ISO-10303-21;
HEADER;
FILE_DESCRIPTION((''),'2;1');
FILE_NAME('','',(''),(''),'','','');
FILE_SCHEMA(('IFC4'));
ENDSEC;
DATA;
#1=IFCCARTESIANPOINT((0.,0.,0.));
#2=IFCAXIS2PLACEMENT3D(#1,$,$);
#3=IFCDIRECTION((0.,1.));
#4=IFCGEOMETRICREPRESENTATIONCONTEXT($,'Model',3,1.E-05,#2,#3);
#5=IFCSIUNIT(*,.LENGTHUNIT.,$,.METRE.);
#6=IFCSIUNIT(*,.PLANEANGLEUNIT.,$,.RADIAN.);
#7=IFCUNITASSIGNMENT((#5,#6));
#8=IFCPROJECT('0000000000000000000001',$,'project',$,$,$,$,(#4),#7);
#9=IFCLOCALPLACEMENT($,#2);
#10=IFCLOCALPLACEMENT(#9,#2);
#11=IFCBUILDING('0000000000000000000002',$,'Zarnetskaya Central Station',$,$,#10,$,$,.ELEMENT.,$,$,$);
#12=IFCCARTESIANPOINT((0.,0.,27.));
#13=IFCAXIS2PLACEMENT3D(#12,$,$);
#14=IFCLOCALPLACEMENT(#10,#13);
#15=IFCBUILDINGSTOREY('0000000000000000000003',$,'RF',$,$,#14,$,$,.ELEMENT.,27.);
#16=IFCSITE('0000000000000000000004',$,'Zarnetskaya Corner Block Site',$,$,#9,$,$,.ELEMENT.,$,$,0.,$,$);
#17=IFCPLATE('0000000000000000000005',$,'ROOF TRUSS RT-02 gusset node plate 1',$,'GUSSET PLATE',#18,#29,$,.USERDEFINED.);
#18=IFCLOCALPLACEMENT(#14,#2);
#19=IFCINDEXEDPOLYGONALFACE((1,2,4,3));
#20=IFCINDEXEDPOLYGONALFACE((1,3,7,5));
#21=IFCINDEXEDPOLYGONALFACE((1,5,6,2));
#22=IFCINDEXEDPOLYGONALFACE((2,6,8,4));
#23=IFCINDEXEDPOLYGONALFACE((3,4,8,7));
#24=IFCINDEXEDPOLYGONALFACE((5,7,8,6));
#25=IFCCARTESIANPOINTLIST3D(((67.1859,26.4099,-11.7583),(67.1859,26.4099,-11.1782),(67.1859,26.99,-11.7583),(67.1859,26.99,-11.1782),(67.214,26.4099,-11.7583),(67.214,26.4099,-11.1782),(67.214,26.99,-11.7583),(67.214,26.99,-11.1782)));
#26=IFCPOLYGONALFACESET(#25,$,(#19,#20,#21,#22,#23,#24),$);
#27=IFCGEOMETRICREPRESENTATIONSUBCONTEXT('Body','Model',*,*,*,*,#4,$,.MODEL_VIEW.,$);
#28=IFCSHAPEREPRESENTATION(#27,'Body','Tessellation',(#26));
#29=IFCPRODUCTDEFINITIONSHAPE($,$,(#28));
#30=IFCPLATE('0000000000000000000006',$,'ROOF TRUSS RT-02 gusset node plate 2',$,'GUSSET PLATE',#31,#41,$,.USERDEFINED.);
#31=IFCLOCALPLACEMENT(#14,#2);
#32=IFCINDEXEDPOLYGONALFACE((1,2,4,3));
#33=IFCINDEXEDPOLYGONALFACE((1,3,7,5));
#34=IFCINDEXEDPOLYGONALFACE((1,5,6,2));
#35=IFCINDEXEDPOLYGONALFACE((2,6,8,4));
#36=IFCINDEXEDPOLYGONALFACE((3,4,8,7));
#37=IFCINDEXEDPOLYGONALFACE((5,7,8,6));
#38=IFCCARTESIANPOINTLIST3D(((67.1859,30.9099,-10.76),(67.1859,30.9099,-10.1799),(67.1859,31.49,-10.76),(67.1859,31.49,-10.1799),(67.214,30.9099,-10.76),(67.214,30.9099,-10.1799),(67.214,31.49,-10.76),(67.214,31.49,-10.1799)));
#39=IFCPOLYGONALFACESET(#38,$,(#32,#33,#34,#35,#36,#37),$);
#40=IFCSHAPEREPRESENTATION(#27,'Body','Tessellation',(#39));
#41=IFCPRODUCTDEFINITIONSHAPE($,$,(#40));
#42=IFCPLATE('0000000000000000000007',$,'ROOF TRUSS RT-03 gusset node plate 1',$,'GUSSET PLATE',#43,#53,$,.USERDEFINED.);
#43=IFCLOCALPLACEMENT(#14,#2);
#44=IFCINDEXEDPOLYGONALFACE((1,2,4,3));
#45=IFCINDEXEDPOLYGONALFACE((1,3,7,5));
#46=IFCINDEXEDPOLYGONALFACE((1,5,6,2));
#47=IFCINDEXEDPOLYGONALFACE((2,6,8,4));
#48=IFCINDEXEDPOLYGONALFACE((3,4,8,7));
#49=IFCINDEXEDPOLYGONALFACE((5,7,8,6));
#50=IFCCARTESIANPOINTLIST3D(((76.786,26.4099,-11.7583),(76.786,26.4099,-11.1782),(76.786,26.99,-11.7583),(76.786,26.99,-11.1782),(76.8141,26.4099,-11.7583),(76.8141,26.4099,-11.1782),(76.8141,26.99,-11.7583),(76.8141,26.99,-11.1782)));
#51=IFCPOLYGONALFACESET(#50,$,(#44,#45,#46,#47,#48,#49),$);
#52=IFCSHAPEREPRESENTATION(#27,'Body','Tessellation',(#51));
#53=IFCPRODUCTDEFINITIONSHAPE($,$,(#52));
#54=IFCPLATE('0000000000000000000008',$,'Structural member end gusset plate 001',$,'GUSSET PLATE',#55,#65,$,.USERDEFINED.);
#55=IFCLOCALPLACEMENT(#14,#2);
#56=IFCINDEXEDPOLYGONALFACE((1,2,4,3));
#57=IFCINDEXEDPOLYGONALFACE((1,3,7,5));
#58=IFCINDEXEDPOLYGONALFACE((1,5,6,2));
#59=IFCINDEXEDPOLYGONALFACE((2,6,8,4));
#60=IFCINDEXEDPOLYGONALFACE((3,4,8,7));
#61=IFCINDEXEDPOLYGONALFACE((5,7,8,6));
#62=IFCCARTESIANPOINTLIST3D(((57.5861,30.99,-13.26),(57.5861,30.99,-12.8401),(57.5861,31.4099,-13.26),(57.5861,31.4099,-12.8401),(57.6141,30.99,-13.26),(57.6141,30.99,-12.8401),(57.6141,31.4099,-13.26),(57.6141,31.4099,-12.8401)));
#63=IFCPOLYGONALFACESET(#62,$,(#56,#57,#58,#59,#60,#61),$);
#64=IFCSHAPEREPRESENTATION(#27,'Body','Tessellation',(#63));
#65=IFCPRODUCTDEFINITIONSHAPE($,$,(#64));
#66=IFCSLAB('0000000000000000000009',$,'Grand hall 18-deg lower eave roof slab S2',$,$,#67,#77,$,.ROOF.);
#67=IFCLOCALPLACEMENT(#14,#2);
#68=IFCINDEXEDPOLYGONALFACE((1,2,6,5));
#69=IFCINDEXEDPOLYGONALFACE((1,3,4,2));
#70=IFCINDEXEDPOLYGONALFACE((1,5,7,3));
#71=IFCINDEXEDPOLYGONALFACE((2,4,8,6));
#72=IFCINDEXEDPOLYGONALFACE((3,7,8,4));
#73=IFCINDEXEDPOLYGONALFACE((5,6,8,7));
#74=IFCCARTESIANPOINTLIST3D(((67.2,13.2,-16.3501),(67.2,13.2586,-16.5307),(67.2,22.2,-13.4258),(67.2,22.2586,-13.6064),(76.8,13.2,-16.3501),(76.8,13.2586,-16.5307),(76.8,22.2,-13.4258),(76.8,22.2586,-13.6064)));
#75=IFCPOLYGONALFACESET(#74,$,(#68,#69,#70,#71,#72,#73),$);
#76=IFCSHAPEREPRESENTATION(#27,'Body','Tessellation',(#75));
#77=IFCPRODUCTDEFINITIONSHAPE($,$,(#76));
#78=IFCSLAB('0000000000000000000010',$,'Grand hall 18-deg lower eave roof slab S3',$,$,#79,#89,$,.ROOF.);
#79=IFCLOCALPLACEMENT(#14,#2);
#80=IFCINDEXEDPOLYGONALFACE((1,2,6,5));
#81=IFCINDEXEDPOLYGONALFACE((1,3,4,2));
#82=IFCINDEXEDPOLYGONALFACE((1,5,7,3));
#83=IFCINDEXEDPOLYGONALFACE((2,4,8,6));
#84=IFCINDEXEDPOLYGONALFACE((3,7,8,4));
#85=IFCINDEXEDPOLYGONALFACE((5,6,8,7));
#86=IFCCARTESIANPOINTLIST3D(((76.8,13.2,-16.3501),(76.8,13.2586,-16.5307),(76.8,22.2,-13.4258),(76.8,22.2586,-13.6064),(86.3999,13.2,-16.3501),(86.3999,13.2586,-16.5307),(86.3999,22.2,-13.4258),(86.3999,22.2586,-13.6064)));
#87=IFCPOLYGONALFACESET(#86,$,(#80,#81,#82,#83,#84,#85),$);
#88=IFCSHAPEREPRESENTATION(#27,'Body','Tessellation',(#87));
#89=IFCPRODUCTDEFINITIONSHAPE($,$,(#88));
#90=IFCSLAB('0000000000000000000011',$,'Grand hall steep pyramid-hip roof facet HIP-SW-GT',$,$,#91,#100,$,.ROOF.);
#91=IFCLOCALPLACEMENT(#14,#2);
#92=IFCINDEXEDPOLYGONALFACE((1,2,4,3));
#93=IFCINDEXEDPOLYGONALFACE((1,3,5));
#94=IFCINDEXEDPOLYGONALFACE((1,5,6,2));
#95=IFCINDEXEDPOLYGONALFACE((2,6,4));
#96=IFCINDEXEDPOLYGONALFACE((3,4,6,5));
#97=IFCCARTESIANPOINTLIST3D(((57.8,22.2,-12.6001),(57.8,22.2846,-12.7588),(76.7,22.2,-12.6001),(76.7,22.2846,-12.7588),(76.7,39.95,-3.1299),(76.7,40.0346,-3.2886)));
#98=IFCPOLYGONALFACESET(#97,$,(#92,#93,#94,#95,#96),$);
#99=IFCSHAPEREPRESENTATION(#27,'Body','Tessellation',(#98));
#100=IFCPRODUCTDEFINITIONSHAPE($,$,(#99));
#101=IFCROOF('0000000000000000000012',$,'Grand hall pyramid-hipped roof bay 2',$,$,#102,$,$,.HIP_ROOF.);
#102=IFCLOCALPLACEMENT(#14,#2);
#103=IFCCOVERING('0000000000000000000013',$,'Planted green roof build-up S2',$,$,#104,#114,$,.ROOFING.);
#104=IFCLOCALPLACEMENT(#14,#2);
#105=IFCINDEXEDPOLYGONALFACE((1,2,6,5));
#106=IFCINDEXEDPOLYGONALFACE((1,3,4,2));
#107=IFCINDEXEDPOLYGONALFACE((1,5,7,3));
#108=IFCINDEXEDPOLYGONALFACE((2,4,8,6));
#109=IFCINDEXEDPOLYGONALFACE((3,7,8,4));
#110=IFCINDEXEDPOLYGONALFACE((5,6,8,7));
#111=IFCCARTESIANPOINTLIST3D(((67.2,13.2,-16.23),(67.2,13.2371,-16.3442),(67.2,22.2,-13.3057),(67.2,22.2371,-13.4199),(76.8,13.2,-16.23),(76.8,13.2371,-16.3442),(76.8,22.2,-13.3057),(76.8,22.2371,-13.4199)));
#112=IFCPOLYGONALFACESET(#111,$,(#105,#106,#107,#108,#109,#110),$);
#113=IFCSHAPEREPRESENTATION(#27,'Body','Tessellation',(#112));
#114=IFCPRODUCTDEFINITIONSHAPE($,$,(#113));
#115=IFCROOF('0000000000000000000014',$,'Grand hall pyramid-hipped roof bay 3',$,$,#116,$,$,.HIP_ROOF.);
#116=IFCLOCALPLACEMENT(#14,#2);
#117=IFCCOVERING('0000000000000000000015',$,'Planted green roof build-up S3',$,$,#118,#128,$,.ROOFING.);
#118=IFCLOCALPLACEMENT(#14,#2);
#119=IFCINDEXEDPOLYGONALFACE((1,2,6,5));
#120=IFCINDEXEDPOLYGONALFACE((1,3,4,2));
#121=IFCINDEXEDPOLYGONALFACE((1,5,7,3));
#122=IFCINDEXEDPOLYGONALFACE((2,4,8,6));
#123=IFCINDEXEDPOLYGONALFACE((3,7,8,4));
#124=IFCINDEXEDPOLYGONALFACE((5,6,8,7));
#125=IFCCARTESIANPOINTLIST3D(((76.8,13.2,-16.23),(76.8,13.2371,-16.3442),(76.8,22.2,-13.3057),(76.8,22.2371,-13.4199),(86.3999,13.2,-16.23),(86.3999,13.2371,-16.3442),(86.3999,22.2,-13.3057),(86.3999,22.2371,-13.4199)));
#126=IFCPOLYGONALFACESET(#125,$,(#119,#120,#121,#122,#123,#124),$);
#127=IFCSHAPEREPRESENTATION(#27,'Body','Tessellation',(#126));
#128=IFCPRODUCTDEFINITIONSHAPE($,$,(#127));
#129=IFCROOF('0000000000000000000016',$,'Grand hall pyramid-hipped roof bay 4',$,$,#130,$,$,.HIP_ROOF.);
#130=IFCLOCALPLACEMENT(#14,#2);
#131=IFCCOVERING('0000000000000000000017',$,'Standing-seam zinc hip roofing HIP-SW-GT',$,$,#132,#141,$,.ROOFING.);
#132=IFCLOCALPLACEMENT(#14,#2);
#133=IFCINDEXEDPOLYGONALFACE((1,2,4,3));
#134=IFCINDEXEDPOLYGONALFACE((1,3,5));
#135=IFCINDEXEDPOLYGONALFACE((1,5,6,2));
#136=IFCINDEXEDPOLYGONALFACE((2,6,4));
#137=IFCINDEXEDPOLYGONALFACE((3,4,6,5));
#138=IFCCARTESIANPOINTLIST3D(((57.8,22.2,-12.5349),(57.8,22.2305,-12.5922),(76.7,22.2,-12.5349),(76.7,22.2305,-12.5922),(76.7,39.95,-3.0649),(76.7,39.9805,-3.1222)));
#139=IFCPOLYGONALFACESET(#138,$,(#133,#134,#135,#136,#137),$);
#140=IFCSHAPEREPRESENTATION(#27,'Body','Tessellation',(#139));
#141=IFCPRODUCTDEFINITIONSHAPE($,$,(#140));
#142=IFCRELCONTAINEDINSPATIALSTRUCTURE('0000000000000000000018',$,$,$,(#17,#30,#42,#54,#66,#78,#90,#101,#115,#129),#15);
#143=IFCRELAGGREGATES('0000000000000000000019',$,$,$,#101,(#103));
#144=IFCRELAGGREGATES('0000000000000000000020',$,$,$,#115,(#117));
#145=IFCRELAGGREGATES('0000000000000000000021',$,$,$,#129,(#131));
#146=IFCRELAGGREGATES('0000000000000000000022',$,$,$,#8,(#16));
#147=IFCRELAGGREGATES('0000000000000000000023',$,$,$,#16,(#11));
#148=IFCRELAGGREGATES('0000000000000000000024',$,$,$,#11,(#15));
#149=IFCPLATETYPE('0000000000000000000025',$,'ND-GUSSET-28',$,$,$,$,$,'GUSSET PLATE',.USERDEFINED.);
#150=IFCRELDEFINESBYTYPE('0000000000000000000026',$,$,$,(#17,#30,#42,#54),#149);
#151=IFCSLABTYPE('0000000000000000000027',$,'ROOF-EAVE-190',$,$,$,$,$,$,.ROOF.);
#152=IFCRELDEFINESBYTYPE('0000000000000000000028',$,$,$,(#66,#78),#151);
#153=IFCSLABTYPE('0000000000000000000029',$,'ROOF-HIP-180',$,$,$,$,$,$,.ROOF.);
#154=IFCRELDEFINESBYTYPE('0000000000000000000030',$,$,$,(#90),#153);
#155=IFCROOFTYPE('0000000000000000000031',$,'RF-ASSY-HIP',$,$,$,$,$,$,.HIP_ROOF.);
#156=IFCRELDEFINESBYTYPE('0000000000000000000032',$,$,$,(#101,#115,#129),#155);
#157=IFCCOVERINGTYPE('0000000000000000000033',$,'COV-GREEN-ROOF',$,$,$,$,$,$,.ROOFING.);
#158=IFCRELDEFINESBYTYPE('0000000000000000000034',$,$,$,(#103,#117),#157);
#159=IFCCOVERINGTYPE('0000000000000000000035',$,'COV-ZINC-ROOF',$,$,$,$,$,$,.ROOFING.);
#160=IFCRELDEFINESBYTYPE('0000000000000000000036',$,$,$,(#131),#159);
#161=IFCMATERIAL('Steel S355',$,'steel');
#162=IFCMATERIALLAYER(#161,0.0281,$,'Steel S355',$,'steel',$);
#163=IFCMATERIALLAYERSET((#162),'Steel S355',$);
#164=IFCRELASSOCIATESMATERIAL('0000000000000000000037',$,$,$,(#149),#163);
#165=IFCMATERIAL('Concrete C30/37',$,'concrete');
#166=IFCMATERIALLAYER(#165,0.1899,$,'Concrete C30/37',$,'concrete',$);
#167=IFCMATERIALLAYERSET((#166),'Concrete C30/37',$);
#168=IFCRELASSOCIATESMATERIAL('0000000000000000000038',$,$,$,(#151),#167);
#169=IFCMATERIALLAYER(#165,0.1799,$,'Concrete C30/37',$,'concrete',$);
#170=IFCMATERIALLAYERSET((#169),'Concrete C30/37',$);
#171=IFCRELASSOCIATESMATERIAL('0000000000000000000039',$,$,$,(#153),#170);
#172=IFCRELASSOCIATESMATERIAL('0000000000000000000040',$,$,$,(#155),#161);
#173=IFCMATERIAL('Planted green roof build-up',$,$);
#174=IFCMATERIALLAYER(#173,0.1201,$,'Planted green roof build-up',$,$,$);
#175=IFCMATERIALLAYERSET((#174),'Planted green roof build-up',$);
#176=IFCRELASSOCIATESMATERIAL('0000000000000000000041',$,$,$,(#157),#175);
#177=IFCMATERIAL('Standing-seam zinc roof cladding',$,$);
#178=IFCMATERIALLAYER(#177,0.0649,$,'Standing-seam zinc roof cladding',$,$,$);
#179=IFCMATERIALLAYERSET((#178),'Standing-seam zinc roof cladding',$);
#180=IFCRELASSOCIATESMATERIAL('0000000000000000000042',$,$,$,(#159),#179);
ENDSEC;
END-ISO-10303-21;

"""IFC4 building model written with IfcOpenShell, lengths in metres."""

from ifc_helpers import new_model, si_unit, direction, frame, origin, origin_2d, place, context, subcontext, project, spatial, polyline, rectangle, outline, extrude, material, layer, layer_set, type_object, element, aggregate, save


model = new_model("IFC4")

# Units and contexts
model_context = context("Model", 3, precision=1e-05, world=origin(), true_north=direction((0.0, 1.0)))
body_context = subcontext(model_context, "Body", "Model", "MODEL_VIEW")
ifc_project = project(units=[si_unit("LENGTHUNIT", "METRE"), si_unit("PLANEANGLEUNIT", "RADIAN")], contexts=[model_context])

# Site, building, storey
site_placement = place(None, origin())
site = spatial("IfcSite", under=ifc_project, at=site_placement, Name="Zarnetskaya Corner Block Site", CompositionType="ELEMENT", RefElevation=0.0)
building_placement = place(site_placement, origin())
building = spatial("IfcBuilding", under=site, at=building_placement, Name="Zarnetskaya Central Station", CompositionType="ELEMENT")
storey_placement = place(building_placement, frame((0.0, 0.0, 27.0)))
storey = spatial("IfcBuildingStorey", under=building, at=storey_placement, Name="RF", CompositionType="ELEMENT", Elevation=27.0)

# Shared definitions
ifc_material_1 = material(Name="Steel S355", Category="steel")

# Plates
ifc_layer_1 = layer(ifc_material_1, 0.0281, Name="Steel S355", Category="steel")
ifc_layer_set_1 = layer_set([ifc_layer_1], Name="Steel S355")
plate_type_1 = type_object("IfcPlateType", Name="ND-GUSSET-28", ElementType="GUSSET PLATE", PredefinedType="USERDEFINED", material=ifc_layer_set_1)
for number, where, z_axis, x_axis, name in (
    (1, (67.2, 26.7, -11.7583), (0.0, 0.0, 1.0), (1.0, 0.0, 0.0), "ROOF TRUSS RT-02 gusset node plate 1"),
    (2, (67.2, 31.2, -10.76), (0.0, 0.0, 1.0), (1.0, 0.0, 0.0), "ROOF TRUSS RT-02 gusset node plate 2"),
    (3, (76.8, 26.7, -11.7583), (0.0, 0.0, 1.0), (1.0, 0.0, 0.0), "ROOF TRUSS RT-03 gusset node plate 1"),
):
    element("IfcPlate", number, at=place(storey_placement, frame(where, z_axis=z_axis, x_axis=x_axis)), inside=storey, type_object=plate_type_1, Name=name, ObjectType="GUSSET PLATE", PredefinedType="USERDEFINED", context=body_context, shape_type="SweptSolid", body=[
        extrude(rectangle(XDim=0.0281, YDim=0.5801, at=origin_2d()), origin(), (0.0, 0.0, 1.0), 0.5801),
    ])
plate_1_placement = place(storey_placement, frame((57.6001, 31.2, -13.26), z_axis=(0.0, 0.0, 1.0), x_axis=(1.0, 0.0, 0.0)))
element("IfcPlate", 4, at=plate_1_placement, inside=storey, type_object=plate_type_1, Name="Structural member end gusset plate 001", ObjectType="GUSSET PLATE", PredefinedType="USERDEFINED", context=body_context, shape_type="SweptSolid", body=[
    extrude(rectangle(XDim=0.0281, YDim=0.4199, at=origin_2d()), origin(), (0.0, 0.0, 1.0), 0.4199),
])

# Slabs
ifc_material_2 = material(Name="Concrete C30/37", Category="concrete")
ifc_layer_2 = layer(ifc_material_2, 0.1899, Name="Concrete C30/37", Category="concrete")
ifc_layer_set_2 = layer_set([ifc_layer_2], Name="Concrete C30/37")
slab_type_1 = type_object("IfcSlabType", Name="ROOF-EAVE-190", PredefinedType="ROOF", material=ifc_layer_set_2)
slab_1_placement = place(storey_placement, frame((67.2, 13.2, -16.3501), z_axis=(0.0, -0.309021, 0.951055), x_axis=(1.0, 0.0, 0.0)))
element("IfcSlab", 5, at=slab_1_placement, inside=storey, type_object=slab_type_1, Name="Grand hall 18-deg lower eave roof slab S2", PredefinedType="ROOF", context=body_context, shape_type="SweptSolid", body=[
    extrude(outline(polyline([(0.0, 0.0), (9.6001, 0.0), (9.6001, 9.4632), (0.0, 9.4632), (0.0, 0.0)])), origin(), (0.0, 0.0, -1.0), 0.1899),
])
slab_2_placement = place(storey_placement, frame((76.8, 13.2, -16.3501), z_axis=(0.0, -0.309021, 0.951055), x_axis=(1.0, 0.0, 0.0)))
element("IfcSlab", 6, at=slab_2_placement, inside=storey, type_object=slab_type_1, Name="Grand hall 18-deg lower eave roof slab S3", PredefinedType="ROOF", context=body_context, shape_type="SweptSolid", body=[
    extrude(outline(polyline([(0.0, 0.0), (9.5999, 0.0), (9.5999, 9.4632), (0.0, 9.4632), (0.0, 0.0)])), origin(), (0.0, 0.0, -1.0), 0.1899),
])
ifc_layer_3 = layer(ifc_material_2, 0.1799, Name="Concrete C30/37", Category="concrete")
ifc_layer_set_3 = layer_set([ifc_layer_3], Name="Concrete C30/37")
slab_type_2 = type_object("IfcSlabType", Name="ROOF-HIP-180", PredefinedType="ROOF", material=ifc_layer_set_3)
slab_3_placement = place(storey_placement, frame((57.8, 22.2, -12.6001), z_axis=(0.0, -0.470726, 0.88228), x_axis=(1.0, 0.0, 0.0)))
element("IfcSlab", 7, at=slab_3_placement, inside=storey, type_object=slab_type_2, Name="Grand hall steep pyramid-hip roof facet HIP-SW-GT", PredefinedType="ROOF", context=body_context, shape_type="SweptSolid", body=[
    extrude(outline(polyline([(0.0, 0.0), (18.8999, 0.0), (18.8999, 20.1183), (0.0, 0.0)])), origin(), (0.0, 0.0, -1.0), 0.1799),
])

# Roofs, coverings
roof_type = type_object("IfcRoofType", Name="RF-ASSY-HIP", PredefinedType="HIP_ROOF", material=ifc_material_1)
roof_1_placement = place(storey_placement, origin())
roof_1 = element("IfcRoof", 8, at=roof_1_placement, inside=storey, type_object=roof_type, Name="Grand hall pyramid-hipped roof bay 2", PredefinedType="HIP_ROOF")
ifc_material_3 = material(Name="Planted green roof build-up")
ifc_layer_4 = layer(ifc_material_3, 0.1201, Name="Planted green roof build-up")
ifc_layer_set_4 = layer_set([ifc_layer_4], Name="Planted green roof build-up")
covering_type_1 = type_object("IfcCoveringType", Name="COV-GREEN-ROOF", PredefinedType="ROOFING", material=ifc_layer_set_4)
covering_1_placement = place(storey_placement, frame((67.2, 13.2, -16.23), z_axis=(0.0, -0.309021, 0.951055), x_axis=(1.0, 0.0, 0.0)))
covering_1 = element("IfcCovering", 9, at=covering_1_placement, type_object=covering_type_1, Name="Planted green roof build-up S2", PredefinedType="ROOFING", context=body_context, shape_type="SweptSolid", body=[
    extrude(outline(polyline([(0.0, 0.0), (9.6001, 0.0), (9.6001, 9.4632), (0.0, 9.4632), (0.0, 0.0)])), origin(), (0.0, 0.0, -1.0), 0.1201),
])
aggregate(roof_1, [covering_1])
roof_2_placement = place(storey_placement, origin())
roof_2 = element("IfcRoof", 10, at=roof_2_placement, inside=storey, type_object=roof_type, Name="Grand hall pyramid-hipped roof bay 3", PredefinedType="HIP_ROOF")
covering_2_placement = place(storey_placement, frame((76.8, 13.2, -16.23), z_axis=(0.0, -0.309021, 0.951055), x_axis=(1.0, 0.0, 0.0)))
covering_2 = element("IfcCovering", 11, at=covering_2_placement, type_object=covering_type_1, Name="Planted green roof build-up S3", PredefinedType="ROOFING", context=body_context, shape_type="SweptSolid", body=[
    extrude(outline(polyline([(0.0, 0.0), (9.5999, 0.0), (9.5999, 9.4632), (0.0, 9.4632), (0.0, 0.0)])), origin(), (0.0, 0.0, -1.0), 0.1201),
])
aggregate(roof_2, [covering_2])
roof_3_placement = place(storey_placement, origin())
roof_3 = element("IfcRoof", 12, at=roof_3_placement, inside=storey, type_object=roof_type, Name="Grand hall pyramid-hipped roof bay 4", PredefinedType="HIP_ROOF")
ifc_material_4 = material(Name="Standing-seam zinc roof cladding")
ifc_layer_5 = layer(ifc_material_4, 0.0649, Name="Standing-seam zinc roof cladding")
ifc_layer_set_5 = layer_set([ifc_layer_5], Name="Standing-seam zinc roof cladding")
covering_type_2 = type_object("IfcCoveringType", Name="COV-ZINC-ROOF", PredefinedType="ROOFING", material=ifc_layer_set_5)
covering_3_placement = place(storey_placement, frame((57.8, 22.2, -12.5349), z_axis=(0.0, -0.470716, 0.882285), x_axis=(1.0, 0.0, 0.0)))
covering_3 = element("IfcCovering", 13, at=covering_3_placement, type_object=covering_type_2, Name="Standing-seam zinc hip roofing HIP-SW-GT", PredefinedType="ROOFING", context=body_context, shape_type="SweptSolid", body=[
    extrude(outline(polyline([(0.0, 0.0), (18.8999, 0.0), (18.8999, 20.1182), (0.0, 0.0)])), origin(), (0.0, 0.0, -1.0), 0.0649),
])
aggregate(roof_3, [covering_3])

save(model, "model.ifc")
